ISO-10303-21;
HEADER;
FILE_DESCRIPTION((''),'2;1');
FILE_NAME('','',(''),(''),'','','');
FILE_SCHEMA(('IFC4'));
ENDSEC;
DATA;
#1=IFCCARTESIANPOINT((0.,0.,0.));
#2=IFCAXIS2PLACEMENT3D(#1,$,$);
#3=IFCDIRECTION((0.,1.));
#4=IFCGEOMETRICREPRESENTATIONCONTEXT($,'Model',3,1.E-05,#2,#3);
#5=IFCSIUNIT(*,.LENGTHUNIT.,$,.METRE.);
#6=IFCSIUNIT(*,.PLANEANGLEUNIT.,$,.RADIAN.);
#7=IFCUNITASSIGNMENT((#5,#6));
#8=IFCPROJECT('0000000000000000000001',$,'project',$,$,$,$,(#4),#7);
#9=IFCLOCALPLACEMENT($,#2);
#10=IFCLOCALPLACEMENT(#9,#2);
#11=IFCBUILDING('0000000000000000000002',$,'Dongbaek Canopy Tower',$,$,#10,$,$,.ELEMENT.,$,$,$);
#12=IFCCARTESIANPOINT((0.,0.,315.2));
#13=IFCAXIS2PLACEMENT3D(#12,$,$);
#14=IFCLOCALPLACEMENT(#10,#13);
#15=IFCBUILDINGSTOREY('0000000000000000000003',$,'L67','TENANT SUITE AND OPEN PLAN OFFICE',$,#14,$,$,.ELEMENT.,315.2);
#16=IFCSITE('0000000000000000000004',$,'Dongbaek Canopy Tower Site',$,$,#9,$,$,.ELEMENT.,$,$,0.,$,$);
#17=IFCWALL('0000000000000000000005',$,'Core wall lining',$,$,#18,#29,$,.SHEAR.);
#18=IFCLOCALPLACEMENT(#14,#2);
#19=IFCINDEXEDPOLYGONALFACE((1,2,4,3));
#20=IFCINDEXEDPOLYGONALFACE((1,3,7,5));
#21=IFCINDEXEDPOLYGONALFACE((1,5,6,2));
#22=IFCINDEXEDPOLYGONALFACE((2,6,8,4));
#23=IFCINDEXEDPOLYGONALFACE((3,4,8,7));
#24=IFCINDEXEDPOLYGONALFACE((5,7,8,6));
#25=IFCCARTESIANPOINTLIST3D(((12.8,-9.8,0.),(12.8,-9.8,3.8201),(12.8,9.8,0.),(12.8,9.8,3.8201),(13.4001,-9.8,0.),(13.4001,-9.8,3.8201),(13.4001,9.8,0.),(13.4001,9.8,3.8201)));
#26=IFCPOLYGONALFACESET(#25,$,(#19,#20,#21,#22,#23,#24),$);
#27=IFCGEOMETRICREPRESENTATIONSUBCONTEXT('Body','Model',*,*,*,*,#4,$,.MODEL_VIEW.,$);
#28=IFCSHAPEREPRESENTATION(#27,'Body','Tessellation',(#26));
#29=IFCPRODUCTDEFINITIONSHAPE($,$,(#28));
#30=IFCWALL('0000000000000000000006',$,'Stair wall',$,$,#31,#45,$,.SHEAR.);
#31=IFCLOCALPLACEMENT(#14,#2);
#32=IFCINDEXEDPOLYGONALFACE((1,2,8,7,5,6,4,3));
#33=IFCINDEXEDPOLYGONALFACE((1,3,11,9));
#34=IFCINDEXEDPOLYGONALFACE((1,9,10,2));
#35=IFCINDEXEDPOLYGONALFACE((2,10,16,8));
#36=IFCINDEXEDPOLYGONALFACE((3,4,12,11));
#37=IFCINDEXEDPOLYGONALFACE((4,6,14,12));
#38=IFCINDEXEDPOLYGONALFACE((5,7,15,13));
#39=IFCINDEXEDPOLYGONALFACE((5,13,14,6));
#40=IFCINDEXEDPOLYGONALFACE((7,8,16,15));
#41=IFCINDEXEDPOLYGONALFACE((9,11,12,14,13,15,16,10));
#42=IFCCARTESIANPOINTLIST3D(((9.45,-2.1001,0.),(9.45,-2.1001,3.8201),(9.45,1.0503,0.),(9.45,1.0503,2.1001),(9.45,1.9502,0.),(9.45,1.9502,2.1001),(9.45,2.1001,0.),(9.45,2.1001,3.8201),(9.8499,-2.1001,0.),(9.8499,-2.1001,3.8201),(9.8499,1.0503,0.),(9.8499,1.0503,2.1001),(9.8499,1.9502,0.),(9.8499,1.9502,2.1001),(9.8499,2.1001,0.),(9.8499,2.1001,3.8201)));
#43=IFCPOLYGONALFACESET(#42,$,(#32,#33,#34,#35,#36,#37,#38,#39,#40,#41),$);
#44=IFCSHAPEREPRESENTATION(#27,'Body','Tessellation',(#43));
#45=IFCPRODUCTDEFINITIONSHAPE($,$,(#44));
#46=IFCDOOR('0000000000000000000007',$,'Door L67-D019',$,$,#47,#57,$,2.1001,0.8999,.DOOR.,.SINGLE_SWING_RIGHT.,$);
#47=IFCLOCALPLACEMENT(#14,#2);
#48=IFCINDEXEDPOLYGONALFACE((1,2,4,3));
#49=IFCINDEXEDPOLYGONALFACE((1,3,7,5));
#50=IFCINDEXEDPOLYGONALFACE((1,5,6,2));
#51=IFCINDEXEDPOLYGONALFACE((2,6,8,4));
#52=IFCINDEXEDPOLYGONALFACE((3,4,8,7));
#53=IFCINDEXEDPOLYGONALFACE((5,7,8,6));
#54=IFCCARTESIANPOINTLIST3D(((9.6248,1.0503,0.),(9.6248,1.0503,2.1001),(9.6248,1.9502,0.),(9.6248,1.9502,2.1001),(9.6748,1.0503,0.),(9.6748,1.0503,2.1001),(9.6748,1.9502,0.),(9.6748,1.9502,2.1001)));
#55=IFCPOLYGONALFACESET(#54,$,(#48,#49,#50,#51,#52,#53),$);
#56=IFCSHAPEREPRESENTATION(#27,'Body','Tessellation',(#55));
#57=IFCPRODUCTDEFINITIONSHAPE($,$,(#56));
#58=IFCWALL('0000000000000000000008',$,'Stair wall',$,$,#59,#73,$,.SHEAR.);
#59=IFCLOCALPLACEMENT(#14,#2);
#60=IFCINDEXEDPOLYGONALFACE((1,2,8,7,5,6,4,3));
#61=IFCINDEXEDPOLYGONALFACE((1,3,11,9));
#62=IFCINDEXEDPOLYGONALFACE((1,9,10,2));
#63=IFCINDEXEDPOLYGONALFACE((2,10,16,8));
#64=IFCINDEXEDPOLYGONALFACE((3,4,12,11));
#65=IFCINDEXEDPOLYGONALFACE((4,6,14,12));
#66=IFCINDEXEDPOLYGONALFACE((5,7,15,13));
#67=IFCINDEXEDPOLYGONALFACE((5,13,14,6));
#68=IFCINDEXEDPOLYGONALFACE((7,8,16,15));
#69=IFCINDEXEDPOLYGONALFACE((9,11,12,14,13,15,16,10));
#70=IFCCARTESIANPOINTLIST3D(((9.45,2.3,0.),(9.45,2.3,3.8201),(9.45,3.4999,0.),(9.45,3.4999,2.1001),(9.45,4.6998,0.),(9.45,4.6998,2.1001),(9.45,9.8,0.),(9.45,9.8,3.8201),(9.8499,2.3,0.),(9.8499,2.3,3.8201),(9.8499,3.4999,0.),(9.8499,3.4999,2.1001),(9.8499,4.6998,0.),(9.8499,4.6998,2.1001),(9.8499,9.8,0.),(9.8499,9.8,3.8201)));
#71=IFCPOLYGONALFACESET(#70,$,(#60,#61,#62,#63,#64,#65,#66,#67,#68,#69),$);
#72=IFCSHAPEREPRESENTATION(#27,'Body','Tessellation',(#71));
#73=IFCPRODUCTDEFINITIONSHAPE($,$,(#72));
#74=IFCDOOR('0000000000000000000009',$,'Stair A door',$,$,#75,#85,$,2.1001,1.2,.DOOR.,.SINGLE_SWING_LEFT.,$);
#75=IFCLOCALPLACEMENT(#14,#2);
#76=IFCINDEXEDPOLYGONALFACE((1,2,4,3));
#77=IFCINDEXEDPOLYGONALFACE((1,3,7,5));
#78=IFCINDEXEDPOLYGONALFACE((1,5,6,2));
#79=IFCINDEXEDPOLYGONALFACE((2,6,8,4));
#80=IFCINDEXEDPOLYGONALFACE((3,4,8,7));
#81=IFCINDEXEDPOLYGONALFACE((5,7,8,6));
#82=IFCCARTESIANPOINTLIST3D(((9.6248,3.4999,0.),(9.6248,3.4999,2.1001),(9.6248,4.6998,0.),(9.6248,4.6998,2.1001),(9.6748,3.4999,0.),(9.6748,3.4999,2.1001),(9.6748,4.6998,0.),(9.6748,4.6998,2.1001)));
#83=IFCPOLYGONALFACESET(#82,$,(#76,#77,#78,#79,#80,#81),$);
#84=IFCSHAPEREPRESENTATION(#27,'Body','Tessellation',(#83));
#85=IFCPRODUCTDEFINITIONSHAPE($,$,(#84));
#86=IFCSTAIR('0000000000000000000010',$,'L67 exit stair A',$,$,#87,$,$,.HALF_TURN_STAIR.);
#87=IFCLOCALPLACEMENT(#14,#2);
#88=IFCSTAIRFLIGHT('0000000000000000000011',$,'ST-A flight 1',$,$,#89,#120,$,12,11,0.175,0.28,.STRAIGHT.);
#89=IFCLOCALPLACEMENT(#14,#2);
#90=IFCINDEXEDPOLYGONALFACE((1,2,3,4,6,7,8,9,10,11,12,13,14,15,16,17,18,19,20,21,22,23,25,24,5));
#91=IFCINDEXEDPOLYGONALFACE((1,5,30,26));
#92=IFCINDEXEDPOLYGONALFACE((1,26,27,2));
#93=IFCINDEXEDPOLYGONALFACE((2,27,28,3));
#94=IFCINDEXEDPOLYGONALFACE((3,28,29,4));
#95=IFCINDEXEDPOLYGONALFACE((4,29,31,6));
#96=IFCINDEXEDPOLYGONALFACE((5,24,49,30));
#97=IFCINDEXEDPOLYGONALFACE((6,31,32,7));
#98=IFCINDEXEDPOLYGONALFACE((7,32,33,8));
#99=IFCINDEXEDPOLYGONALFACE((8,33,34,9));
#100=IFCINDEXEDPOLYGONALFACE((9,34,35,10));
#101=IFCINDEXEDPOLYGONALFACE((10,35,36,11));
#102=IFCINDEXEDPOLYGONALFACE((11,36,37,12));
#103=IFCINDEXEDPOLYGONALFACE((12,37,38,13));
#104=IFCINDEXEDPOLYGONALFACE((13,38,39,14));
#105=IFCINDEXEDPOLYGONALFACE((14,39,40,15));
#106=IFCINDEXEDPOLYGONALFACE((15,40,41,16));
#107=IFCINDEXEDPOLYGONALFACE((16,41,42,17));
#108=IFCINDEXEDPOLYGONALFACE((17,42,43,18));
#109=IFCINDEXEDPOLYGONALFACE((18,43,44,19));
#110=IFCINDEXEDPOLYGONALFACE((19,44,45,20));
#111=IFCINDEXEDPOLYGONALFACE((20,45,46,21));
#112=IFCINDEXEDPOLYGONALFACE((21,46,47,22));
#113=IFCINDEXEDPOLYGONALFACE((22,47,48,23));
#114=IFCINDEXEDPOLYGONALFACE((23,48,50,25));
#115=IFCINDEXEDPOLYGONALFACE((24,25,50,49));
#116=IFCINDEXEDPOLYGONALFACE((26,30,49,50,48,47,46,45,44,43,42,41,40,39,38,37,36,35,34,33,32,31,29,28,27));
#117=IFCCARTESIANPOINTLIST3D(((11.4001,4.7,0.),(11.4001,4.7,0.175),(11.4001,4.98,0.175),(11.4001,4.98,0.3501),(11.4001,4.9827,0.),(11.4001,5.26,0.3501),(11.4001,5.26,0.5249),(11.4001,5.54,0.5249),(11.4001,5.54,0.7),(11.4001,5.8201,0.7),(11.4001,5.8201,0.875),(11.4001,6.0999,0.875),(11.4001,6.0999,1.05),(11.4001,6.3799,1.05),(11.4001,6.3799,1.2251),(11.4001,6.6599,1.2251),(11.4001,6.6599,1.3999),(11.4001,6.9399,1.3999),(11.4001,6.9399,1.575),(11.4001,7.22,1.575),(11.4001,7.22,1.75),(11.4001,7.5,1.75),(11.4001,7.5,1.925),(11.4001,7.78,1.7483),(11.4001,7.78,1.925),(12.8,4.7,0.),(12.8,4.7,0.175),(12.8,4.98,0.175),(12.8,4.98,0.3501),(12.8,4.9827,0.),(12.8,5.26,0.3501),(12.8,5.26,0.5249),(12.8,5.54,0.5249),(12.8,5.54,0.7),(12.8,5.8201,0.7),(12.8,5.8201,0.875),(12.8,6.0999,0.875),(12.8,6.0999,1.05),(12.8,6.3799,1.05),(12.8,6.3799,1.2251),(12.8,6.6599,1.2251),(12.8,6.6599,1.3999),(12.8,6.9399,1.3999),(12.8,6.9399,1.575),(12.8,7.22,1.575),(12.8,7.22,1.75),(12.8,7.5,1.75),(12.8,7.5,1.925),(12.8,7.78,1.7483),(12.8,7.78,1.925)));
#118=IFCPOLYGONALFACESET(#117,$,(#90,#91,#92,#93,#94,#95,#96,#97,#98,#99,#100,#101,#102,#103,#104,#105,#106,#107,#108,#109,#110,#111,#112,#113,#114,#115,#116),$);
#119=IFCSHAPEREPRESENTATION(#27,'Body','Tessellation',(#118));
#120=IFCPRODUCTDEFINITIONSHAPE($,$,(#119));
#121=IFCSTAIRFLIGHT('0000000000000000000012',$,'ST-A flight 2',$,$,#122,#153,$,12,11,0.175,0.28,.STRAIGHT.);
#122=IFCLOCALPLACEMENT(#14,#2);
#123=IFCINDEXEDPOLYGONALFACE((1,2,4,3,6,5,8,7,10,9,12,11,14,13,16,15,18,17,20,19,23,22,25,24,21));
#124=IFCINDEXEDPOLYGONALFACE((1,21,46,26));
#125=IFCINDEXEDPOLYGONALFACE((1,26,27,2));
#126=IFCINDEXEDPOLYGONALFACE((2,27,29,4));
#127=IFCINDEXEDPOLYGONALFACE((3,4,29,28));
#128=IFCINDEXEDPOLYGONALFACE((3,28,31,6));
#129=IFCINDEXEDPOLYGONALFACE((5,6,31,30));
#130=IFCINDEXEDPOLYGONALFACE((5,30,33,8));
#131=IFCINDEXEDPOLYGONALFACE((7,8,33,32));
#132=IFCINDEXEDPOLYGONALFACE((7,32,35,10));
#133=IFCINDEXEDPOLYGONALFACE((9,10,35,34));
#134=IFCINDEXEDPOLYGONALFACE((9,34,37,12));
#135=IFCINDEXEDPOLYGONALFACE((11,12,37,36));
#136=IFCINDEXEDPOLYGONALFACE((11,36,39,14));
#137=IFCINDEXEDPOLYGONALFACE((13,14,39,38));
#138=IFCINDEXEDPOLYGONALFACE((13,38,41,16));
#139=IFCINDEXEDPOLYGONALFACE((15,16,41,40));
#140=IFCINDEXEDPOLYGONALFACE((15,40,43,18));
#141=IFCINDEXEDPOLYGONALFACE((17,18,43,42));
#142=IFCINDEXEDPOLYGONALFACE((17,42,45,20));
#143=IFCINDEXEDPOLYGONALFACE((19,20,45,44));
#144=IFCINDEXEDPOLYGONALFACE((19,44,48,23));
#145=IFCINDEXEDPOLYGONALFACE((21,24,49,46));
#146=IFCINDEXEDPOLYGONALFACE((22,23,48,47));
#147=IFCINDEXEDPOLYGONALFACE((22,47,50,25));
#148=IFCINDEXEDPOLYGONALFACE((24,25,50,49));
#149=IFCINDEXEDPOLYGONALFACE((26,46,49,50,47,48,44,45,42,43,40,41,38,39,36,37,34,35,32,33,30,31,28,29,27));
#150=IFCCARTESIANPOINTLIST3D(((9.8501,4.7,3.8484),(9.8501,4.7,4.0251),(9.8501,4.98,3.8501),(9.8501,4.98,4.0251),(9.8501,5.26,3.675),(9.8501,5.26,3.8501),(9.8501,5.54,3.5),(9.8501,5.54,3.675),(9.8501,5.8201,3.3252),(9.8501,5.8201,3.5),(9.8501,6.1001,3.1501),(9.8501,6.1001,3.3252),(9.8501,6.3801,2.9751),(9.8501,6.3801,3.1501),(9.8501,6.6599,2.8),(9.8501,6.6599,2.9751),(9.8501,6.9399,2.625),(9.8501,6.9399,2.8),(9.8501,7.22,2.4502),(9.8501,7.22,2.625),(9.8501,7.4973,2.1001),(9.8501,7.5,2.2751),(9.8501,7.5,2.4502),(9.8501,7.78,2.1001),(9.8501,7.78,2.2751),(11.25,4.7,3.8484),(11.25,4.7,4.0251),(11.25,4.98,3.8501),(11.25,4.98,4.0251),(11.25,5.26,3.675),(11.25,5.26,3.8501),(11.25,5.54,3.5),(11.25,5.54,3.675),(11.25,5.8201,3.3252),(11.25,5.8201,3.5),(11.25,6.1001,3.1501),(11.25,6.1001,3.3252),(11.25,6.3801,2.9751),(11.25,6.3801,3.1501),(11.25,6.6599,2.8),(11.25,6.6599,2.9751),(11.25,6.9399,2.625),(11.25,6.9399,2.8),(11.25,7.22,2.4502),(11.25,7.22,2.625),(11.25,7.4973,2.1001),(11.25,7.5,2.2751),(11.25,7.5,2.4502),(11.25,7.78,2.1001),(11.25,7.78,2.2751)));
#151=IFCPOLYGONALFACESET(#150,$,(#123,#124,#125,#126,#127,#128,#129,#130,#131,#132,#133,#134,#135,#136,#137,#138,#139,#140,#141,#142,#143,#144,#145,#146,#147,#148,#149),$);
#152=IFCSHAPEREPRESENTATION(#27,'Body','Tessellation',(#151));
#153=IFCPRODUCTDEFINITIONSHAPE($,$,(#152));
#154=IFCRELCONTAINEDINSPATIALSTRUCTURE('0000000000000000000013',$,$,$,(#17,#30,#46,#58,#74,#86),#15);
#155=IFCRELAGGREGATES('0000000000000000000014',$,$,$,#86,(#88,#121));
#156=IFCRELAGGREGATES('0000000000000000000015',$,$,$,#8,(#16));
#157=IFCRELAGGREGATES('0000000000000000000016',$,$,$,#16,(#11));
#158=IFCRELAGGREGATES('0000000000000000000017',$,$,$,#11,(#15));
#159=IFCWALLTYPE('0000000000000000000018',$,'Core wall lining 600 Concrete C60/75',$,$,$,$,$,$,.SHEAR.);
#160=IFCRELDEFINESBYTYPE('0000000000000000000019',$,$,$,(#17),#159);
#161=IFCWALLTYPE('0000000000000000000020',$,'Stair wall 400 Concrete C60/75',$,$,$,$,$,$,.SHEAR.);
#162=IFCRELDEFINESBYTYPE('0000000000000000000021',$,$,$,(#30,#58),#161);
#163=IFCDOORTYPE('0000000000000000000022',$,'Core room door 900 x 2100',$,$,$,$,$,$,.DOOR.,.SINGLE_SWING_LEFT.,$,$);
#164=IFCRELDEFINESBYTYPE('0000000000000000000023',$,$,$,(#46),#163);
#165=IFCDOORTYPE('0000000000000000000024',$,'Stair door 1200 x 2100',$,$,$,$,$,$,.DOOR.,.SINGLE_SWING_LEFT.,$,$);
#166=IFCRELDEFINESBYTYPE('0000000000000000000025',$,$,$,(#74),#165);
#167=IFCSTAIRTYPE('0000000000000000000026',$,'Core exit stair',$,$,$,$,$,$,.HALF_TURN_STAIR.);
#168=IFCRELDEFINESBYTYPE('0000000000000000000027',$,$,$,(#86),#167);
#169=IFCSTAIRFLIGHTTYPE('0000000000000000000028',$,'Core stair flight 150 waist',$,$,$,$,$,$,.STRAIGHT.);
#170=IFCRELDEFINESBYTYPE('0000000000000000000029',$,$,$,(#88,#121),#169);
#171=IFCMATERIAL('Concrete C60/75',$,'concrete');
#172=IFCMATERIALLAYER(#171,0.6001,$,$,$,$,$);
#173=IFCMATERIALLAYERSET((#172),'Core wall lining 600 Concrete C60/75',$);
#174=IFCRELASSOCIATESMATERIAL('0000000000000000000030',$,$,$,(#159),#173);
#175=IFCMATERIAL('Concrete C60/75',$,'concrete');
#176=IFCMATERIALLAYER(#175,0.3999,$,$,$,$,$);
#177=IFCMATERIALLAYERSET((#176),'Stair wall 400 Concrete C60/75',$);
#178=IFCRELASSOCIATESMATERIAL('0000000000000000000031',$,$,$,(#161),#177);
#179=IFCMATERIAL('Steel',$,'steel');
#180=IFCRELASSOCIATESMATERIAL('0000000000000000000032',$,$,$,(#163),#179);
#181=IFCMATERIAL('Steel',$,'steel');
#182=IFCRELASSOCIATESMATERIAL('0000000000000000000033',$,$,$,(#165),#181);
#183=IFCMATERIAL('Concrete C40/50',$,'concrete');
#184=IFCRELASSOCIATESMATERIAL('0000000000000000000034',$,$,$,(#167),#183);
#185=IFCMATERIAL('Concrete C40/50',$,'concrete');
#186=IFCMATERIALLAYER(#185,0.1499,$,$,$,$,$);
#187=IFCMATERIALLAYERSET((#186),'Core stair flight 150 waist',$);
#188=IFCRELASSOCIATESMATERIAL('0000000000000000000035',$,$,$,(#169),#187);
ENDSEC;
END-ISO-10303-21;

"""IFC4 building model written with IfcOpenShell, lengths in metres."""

from ifc_helpers import new_model, si_unit, direction, frame, frame_2d, origin, place, context, subcontext, project, spatial, polyline, rectangle, outline, extrude, material, layer, layer_set, type_object, element, fill, aggregate, save


model = new_model("IFC4")

# Units and contexts
model_context = context("Model", 3, precision=1e-05, world=origin(), true_north=direction((0.0, 1.0)))
body_context = subcontext(model_context, "Body", "Model", "MODEL_VIEW")
ifc_project = project(units=[si_unit("LENGTHUNIT", "METRE"), si_unit("PLANEANGLEUNIT", "RADIAN")], contexts=[model_context])

# Site, building, storey
site_placement = place(None, origin())
site = spatial("IfcSite", under=ifc_project, at=site_placement, Name="Dongbaek Canopy Tower Site", CompositionType="ELEMENT", RefElevation=0.0)
building_placement = place(site_placement, origin())
building = spatial("IfcBuilding", under=site, at=building_placement, Name="Dongbaek Canopy Tower", CompositionType="ELEMENT")
storey_placement = place(building_placement, frame((0.0, 0.0, 315.2)))
storey = spatial("IfcBuildingStorey", under=building, at=storey_placement, Name="L67", Description="TENANT SUITE AND OPEN PLAN OFFICE", CompositionType="ELEMENT", Elevation=315.2)

# Wall
ifc_material_1 = material(Name="Concrete C60/75", Category="concrete")
ifc_layer_1 = layer(ifc_material_1, 0.6001)
ifc_layer_set_1 = layer_set([ifc_layer_1], Name="Core wall lining 600 Concrete C60/75")
wall_type_1 = type_object("IfcWallType", Name="Core wall lining 600 Concrete C60/75", PredefinedType="SHEAR", material=ifc_layer_set_1)
wall_1_placement = place(storey_placement, frame((13.1001, 9.8, 0.0), z_axis=(0.0, 0.0, 1.0), x_axis=(0.0, -1.0, 0.0)))
element("IfcWall", 1, at=wall_1_placement, inside=storey, type_object=wall_type_1, Name="Core wall lining", PredefinedType="SHEAR", context=body_context, shape_type="SweptSolid", body=[
    extrude(rectangle(XDim=19.6001, YDim=0.6001, at=frame_2d((9.8, 0.0))), origin(), (0.0, 0.0, 1.0), 3.8201),
])

# Walls, openings, doors
ifc_material_2 = material(Name="Concrete C60/75", Category="concrete")
ifc_layer_2 = layer(ifc_material_2, 0.3999)
ifc_layer_set_2 = layer_set([ifc_layer_2], Name="Stair wall 400 Concrete C60/75")
wall_type_2 = type_object("IfcWallType", Name="Stair wall 400 Concrete C60/75", PredefinedType="SHEAR", material=ifc_layer_set_2)
wall_2_placement = place(storey_placement, frame((9.6499, 2.1001, 0.0), z_axis=(0.0, 0.0, 1.0), x_axis=(0.0, -1.0, 0.0)))
wall_2 = element("IfcWall", 2, at=wall_2_placement, inside=storey, type_object=wall_type_2, Name="Stair wall", PredefinedType="SHEAR", context=body_context, shape_type="SweptSolid", body=[
    extrude(rectangle(XDim=4.2002, YDim=0.3999, at=frame_2d((2.1001, 0.0))), origin(), (0.0, 0.0, 1.0), 3.8201),
])
opening_1_placement = place(wall_2_placement, frame((0.1499, 0.0, 0.0)))
opening_1 = element("IfcOpeningElement", 3, at=opening_1_placement, cuts=wall_2, PredefinedType="OPENING", context=body_context, shape_type="SweptSolid", body=[
    extrude(rectangle(XDim=0.8999, YDim=2.1001, at=frame_2d((0.45, 1.05))), frame((0.0, 0.21, 0.0), z_axis=(0.0, -1.0, 0.0), x_axis=(1.0, 0.0, 0.0)), (0.0, 0.0, 1.0), 0.4199),
])
ifc_material_3 = material(Name="Steel", Category="steel")
door_type_1 = type_object("IfcDoorType", Name="Core room door 900 x 2100", OperationType="SINGLE_SWING_LEFT", PredefinedType="DOOR", material=ifc_material_3)
door_1_placement = place(opening_1_placement, origin())
door_1 = element("IfcDoor", 4, at=door_1_placement, inside=storey, type_object=door_type_1, Name="Door L67-D019", OperationType="SINGLE_SWING_RIGHT", OverallHeight=2.1001, OverallWidth=0.8999, PredefinedType="DOOR", context=body_context, shape_type="SweptSolid", body=[
    extrude(rectangle(XDim=0.8999, YDim=2.1001, at=frame_2d((0.45, 1.05))), frame((0.0, 0.0249, 0.0), z_axis=(0.0, -1.0, 0.0), x_axis=(1.0, 0.0, 0.0)), (0.0, 0.0, 1.0), 0.05),
])
fill(opening_1, door_1)
wall_3_placement = place(storey_placement, frame((9.6499, 9.8, 0.0), z_axis=(0.0, 0.0, 1.0), x_axis=(0.0, -1.0, 0.0)))
wall_3 = element("IfcWall", 5, at=wall_3_placement, inside=storey, type_object=wall_type_2, Name="Stair wall", PredefinedType="SHEAR", context=body_context, shape_type="SweptSolid", body=[
    extrude(rectangle(XDim=7.5, YDim=0.3999, at=frame_2d((3.75, 0.0))), origin(), (0.0, 0.0, 1.0), 3.8201),
])
opening_2_placement = place(wall_3_placement, frame((5.1001, 0.0, 0.0)))
opening_2 = element("IfcOpeningElement", 6, at=opening_2_placement, cuts=wall_3, PredefinedType="OPENING", context=body_context, shape_type="SweptSolid", body=[
    extrude(rectangle(XDim=1.2, YDim=2.1001, at=frame_2d((0.6001, 1.05))), frame((0.0, 0.21, 0.0), z_axis=(0.0, -1.0, 0.0), x_axis=(1.0, 0.0, 0.0)), (0.0, 0.0, 1.0), 0.4199),
])
ifc_material_4 = material(Name="Steel", Category="steel")
door_type_2 = type_object("IfcDoorType", Name="Stair door 1200 x 2100", OperationType="SINGLE_SWING_LEFT", PredefinedType="DOOR", material=ifc_material_4)
door_2_placement = place(opening_2_placement, origin())
door_2 = element("IfcDoor", 7, at=door_2_placement, inside=storey, type_object=door_type_2, Name="Stair A door", OperationType="SINGLE_SWING_LEFT", OverallHeight=2.1001, OverallWidth=1.2, PredefinedType="DOOR", context=body_context, shape_type="SweptSolid", body=[
    extrude(rectangle(XDim=1.2, YDim=2.1001, at=frame_2d((0.6001, 1.05))), frame((0.0, 0.0249, 0.0), z_axis=(0.0, -1.0, 0.0), x_axis=(1.0, 0.0, 0.0)), (0.0, 0.0, 1.0), 0.05),
])
fill(opening_2, door_2)

# Stair, stair flights
ifc_material_5 = material(Name="Concrete C40/50", Category="concrete")
stair_type = type_object("IfcStairType", Name="Core exit stair", PredefinedType="HALF_TURN_STAIR", material=ifc_material_5)
stair_placement = place(storey_placement, origin())
stair = element("IfcStair", 8, at=stair_placement, inside=storey, type_object=stair_type, Name="L67 exit stair A", PredefinedType="HALF_TURN_STAIR")
ifc_material_6 = material(Name="Concrete C40/50", Category="concrete")
ifc_layer_3 = layer(ifc_material_6, 0.1499)
ifc_layer_set_3 = layer_set([ifc_layer_3], Name="Core stair flight 150 waist")
stair_flight_type = type_object("IfcStairFlightType", Name="Core stair flight 150 waist", PredefinedType="STRAIGHT", material=ifc_layer_set_3)
stair_flight_1_placement = place(storey_placement, frame((12.1001, 4.7, 0.0), z_axis=(0.0, 0.0, 1.0), x_axis=(0.0, 1.0, 0.0)))
stair_flight_1 = element("IfcStairFlight", 9, at=stair_flight_1_placement, type_object=stair_flight_type, Name="ST-A flight 1", NumberOfRisers=12, NumberOfTreads=11, PredefinedType="STRAIGHT", RiserHeight=0.175, TreadLength=0.28, context=body_context, shape_type="SweptSolid", body=[
    extrude(outline(polyline([(0.0, 0.0), (0.0, 0.175), (0.28, 0.175), (0.28, 0.3501), (0.5601, 0.3501), (0.5601, 0.5249), (0.8401, 0.5249), (0.8401, 0.7), (1.1201, 0.7), (1.1201, 0.875), (1.3999, 0.875), (1.3999, 1.05), (1.6799, 1.05), (1.6799, 1.2251), (1.96, 1.2251), (1.96, 1.3999), (2.24, 1.3999), (2.24, 1.575), (2.52, 1.575), (2.52, 1.75), (2.8, 1.75), (2.8, 1.925), (3.0801, 1.925), (3.0801, 2.1001), (3.0801, 1.7483), (0.2827, 0.0), (0.0, 0.0)])), frame((0.0, 0.7, 0.0), z_axis=(0.0, -1.0, 0.0), x_axis=(1.0, 0.0, 0.0)), (0.0, 0.0, 1.0), 1.3999),
])
stair_flight_2_placement = place(storey_placement, frame((10.55, 7.78, 2.1001), z_axis=(0.0, 0.0, 1.0), x_axis=(0.0, -1.0, 0.0)))
stair_flight_2 = element("IfcStairFlight", 10, at=stair_flight_2_placement, type_object=stair_flight_type, Name="ST-A flight 2", NumberOfRisers=12, NumberOfTreads=11, PredefinedType="STRAIGHT", RiserHeight=0.175, TreadLength=0.28, context=body_context, shape_type="SweptSolid", body=[
    extrude(outline(polyline([(0.0, 0.0), (0.0, 0.175), (0.28, 0.175), (0.28, 0.3501), (0.5601, 0.3501), (0.5601, 0.5249), (0.8401, 0.5249), (0.8401, 0.7), (1.1201, 0.7), (1.1201, 0.875), (1.3999, 0.875), (1.3999, 1.05), (1.6799, 1.05), (1.6799, 1.2251), (1.96, 1.2251), (1.96, 1.3999), (2.24, 1.3999), (2.24, 1.575), (2.52, 1.575), (2.52, 1.75), (2.8, 1.75), (2.8, 1.925), (3.0801, 1.925), (3.0801, 2.1001), (3.0801, 1.7483), (0.2827, 0.0), (0.0, 0.0)])), frame((0.0, 0.7, 0.0), z_axis=(0.0, -1.0, 0.0), x_axis=(1.0, 0.0, 0.0)), (0.0, 0.0, 1.0), 1.3999),
])
aggregate(stair, [stair_flight_1, stair_flight_2])

save(model, "model.ifc")
